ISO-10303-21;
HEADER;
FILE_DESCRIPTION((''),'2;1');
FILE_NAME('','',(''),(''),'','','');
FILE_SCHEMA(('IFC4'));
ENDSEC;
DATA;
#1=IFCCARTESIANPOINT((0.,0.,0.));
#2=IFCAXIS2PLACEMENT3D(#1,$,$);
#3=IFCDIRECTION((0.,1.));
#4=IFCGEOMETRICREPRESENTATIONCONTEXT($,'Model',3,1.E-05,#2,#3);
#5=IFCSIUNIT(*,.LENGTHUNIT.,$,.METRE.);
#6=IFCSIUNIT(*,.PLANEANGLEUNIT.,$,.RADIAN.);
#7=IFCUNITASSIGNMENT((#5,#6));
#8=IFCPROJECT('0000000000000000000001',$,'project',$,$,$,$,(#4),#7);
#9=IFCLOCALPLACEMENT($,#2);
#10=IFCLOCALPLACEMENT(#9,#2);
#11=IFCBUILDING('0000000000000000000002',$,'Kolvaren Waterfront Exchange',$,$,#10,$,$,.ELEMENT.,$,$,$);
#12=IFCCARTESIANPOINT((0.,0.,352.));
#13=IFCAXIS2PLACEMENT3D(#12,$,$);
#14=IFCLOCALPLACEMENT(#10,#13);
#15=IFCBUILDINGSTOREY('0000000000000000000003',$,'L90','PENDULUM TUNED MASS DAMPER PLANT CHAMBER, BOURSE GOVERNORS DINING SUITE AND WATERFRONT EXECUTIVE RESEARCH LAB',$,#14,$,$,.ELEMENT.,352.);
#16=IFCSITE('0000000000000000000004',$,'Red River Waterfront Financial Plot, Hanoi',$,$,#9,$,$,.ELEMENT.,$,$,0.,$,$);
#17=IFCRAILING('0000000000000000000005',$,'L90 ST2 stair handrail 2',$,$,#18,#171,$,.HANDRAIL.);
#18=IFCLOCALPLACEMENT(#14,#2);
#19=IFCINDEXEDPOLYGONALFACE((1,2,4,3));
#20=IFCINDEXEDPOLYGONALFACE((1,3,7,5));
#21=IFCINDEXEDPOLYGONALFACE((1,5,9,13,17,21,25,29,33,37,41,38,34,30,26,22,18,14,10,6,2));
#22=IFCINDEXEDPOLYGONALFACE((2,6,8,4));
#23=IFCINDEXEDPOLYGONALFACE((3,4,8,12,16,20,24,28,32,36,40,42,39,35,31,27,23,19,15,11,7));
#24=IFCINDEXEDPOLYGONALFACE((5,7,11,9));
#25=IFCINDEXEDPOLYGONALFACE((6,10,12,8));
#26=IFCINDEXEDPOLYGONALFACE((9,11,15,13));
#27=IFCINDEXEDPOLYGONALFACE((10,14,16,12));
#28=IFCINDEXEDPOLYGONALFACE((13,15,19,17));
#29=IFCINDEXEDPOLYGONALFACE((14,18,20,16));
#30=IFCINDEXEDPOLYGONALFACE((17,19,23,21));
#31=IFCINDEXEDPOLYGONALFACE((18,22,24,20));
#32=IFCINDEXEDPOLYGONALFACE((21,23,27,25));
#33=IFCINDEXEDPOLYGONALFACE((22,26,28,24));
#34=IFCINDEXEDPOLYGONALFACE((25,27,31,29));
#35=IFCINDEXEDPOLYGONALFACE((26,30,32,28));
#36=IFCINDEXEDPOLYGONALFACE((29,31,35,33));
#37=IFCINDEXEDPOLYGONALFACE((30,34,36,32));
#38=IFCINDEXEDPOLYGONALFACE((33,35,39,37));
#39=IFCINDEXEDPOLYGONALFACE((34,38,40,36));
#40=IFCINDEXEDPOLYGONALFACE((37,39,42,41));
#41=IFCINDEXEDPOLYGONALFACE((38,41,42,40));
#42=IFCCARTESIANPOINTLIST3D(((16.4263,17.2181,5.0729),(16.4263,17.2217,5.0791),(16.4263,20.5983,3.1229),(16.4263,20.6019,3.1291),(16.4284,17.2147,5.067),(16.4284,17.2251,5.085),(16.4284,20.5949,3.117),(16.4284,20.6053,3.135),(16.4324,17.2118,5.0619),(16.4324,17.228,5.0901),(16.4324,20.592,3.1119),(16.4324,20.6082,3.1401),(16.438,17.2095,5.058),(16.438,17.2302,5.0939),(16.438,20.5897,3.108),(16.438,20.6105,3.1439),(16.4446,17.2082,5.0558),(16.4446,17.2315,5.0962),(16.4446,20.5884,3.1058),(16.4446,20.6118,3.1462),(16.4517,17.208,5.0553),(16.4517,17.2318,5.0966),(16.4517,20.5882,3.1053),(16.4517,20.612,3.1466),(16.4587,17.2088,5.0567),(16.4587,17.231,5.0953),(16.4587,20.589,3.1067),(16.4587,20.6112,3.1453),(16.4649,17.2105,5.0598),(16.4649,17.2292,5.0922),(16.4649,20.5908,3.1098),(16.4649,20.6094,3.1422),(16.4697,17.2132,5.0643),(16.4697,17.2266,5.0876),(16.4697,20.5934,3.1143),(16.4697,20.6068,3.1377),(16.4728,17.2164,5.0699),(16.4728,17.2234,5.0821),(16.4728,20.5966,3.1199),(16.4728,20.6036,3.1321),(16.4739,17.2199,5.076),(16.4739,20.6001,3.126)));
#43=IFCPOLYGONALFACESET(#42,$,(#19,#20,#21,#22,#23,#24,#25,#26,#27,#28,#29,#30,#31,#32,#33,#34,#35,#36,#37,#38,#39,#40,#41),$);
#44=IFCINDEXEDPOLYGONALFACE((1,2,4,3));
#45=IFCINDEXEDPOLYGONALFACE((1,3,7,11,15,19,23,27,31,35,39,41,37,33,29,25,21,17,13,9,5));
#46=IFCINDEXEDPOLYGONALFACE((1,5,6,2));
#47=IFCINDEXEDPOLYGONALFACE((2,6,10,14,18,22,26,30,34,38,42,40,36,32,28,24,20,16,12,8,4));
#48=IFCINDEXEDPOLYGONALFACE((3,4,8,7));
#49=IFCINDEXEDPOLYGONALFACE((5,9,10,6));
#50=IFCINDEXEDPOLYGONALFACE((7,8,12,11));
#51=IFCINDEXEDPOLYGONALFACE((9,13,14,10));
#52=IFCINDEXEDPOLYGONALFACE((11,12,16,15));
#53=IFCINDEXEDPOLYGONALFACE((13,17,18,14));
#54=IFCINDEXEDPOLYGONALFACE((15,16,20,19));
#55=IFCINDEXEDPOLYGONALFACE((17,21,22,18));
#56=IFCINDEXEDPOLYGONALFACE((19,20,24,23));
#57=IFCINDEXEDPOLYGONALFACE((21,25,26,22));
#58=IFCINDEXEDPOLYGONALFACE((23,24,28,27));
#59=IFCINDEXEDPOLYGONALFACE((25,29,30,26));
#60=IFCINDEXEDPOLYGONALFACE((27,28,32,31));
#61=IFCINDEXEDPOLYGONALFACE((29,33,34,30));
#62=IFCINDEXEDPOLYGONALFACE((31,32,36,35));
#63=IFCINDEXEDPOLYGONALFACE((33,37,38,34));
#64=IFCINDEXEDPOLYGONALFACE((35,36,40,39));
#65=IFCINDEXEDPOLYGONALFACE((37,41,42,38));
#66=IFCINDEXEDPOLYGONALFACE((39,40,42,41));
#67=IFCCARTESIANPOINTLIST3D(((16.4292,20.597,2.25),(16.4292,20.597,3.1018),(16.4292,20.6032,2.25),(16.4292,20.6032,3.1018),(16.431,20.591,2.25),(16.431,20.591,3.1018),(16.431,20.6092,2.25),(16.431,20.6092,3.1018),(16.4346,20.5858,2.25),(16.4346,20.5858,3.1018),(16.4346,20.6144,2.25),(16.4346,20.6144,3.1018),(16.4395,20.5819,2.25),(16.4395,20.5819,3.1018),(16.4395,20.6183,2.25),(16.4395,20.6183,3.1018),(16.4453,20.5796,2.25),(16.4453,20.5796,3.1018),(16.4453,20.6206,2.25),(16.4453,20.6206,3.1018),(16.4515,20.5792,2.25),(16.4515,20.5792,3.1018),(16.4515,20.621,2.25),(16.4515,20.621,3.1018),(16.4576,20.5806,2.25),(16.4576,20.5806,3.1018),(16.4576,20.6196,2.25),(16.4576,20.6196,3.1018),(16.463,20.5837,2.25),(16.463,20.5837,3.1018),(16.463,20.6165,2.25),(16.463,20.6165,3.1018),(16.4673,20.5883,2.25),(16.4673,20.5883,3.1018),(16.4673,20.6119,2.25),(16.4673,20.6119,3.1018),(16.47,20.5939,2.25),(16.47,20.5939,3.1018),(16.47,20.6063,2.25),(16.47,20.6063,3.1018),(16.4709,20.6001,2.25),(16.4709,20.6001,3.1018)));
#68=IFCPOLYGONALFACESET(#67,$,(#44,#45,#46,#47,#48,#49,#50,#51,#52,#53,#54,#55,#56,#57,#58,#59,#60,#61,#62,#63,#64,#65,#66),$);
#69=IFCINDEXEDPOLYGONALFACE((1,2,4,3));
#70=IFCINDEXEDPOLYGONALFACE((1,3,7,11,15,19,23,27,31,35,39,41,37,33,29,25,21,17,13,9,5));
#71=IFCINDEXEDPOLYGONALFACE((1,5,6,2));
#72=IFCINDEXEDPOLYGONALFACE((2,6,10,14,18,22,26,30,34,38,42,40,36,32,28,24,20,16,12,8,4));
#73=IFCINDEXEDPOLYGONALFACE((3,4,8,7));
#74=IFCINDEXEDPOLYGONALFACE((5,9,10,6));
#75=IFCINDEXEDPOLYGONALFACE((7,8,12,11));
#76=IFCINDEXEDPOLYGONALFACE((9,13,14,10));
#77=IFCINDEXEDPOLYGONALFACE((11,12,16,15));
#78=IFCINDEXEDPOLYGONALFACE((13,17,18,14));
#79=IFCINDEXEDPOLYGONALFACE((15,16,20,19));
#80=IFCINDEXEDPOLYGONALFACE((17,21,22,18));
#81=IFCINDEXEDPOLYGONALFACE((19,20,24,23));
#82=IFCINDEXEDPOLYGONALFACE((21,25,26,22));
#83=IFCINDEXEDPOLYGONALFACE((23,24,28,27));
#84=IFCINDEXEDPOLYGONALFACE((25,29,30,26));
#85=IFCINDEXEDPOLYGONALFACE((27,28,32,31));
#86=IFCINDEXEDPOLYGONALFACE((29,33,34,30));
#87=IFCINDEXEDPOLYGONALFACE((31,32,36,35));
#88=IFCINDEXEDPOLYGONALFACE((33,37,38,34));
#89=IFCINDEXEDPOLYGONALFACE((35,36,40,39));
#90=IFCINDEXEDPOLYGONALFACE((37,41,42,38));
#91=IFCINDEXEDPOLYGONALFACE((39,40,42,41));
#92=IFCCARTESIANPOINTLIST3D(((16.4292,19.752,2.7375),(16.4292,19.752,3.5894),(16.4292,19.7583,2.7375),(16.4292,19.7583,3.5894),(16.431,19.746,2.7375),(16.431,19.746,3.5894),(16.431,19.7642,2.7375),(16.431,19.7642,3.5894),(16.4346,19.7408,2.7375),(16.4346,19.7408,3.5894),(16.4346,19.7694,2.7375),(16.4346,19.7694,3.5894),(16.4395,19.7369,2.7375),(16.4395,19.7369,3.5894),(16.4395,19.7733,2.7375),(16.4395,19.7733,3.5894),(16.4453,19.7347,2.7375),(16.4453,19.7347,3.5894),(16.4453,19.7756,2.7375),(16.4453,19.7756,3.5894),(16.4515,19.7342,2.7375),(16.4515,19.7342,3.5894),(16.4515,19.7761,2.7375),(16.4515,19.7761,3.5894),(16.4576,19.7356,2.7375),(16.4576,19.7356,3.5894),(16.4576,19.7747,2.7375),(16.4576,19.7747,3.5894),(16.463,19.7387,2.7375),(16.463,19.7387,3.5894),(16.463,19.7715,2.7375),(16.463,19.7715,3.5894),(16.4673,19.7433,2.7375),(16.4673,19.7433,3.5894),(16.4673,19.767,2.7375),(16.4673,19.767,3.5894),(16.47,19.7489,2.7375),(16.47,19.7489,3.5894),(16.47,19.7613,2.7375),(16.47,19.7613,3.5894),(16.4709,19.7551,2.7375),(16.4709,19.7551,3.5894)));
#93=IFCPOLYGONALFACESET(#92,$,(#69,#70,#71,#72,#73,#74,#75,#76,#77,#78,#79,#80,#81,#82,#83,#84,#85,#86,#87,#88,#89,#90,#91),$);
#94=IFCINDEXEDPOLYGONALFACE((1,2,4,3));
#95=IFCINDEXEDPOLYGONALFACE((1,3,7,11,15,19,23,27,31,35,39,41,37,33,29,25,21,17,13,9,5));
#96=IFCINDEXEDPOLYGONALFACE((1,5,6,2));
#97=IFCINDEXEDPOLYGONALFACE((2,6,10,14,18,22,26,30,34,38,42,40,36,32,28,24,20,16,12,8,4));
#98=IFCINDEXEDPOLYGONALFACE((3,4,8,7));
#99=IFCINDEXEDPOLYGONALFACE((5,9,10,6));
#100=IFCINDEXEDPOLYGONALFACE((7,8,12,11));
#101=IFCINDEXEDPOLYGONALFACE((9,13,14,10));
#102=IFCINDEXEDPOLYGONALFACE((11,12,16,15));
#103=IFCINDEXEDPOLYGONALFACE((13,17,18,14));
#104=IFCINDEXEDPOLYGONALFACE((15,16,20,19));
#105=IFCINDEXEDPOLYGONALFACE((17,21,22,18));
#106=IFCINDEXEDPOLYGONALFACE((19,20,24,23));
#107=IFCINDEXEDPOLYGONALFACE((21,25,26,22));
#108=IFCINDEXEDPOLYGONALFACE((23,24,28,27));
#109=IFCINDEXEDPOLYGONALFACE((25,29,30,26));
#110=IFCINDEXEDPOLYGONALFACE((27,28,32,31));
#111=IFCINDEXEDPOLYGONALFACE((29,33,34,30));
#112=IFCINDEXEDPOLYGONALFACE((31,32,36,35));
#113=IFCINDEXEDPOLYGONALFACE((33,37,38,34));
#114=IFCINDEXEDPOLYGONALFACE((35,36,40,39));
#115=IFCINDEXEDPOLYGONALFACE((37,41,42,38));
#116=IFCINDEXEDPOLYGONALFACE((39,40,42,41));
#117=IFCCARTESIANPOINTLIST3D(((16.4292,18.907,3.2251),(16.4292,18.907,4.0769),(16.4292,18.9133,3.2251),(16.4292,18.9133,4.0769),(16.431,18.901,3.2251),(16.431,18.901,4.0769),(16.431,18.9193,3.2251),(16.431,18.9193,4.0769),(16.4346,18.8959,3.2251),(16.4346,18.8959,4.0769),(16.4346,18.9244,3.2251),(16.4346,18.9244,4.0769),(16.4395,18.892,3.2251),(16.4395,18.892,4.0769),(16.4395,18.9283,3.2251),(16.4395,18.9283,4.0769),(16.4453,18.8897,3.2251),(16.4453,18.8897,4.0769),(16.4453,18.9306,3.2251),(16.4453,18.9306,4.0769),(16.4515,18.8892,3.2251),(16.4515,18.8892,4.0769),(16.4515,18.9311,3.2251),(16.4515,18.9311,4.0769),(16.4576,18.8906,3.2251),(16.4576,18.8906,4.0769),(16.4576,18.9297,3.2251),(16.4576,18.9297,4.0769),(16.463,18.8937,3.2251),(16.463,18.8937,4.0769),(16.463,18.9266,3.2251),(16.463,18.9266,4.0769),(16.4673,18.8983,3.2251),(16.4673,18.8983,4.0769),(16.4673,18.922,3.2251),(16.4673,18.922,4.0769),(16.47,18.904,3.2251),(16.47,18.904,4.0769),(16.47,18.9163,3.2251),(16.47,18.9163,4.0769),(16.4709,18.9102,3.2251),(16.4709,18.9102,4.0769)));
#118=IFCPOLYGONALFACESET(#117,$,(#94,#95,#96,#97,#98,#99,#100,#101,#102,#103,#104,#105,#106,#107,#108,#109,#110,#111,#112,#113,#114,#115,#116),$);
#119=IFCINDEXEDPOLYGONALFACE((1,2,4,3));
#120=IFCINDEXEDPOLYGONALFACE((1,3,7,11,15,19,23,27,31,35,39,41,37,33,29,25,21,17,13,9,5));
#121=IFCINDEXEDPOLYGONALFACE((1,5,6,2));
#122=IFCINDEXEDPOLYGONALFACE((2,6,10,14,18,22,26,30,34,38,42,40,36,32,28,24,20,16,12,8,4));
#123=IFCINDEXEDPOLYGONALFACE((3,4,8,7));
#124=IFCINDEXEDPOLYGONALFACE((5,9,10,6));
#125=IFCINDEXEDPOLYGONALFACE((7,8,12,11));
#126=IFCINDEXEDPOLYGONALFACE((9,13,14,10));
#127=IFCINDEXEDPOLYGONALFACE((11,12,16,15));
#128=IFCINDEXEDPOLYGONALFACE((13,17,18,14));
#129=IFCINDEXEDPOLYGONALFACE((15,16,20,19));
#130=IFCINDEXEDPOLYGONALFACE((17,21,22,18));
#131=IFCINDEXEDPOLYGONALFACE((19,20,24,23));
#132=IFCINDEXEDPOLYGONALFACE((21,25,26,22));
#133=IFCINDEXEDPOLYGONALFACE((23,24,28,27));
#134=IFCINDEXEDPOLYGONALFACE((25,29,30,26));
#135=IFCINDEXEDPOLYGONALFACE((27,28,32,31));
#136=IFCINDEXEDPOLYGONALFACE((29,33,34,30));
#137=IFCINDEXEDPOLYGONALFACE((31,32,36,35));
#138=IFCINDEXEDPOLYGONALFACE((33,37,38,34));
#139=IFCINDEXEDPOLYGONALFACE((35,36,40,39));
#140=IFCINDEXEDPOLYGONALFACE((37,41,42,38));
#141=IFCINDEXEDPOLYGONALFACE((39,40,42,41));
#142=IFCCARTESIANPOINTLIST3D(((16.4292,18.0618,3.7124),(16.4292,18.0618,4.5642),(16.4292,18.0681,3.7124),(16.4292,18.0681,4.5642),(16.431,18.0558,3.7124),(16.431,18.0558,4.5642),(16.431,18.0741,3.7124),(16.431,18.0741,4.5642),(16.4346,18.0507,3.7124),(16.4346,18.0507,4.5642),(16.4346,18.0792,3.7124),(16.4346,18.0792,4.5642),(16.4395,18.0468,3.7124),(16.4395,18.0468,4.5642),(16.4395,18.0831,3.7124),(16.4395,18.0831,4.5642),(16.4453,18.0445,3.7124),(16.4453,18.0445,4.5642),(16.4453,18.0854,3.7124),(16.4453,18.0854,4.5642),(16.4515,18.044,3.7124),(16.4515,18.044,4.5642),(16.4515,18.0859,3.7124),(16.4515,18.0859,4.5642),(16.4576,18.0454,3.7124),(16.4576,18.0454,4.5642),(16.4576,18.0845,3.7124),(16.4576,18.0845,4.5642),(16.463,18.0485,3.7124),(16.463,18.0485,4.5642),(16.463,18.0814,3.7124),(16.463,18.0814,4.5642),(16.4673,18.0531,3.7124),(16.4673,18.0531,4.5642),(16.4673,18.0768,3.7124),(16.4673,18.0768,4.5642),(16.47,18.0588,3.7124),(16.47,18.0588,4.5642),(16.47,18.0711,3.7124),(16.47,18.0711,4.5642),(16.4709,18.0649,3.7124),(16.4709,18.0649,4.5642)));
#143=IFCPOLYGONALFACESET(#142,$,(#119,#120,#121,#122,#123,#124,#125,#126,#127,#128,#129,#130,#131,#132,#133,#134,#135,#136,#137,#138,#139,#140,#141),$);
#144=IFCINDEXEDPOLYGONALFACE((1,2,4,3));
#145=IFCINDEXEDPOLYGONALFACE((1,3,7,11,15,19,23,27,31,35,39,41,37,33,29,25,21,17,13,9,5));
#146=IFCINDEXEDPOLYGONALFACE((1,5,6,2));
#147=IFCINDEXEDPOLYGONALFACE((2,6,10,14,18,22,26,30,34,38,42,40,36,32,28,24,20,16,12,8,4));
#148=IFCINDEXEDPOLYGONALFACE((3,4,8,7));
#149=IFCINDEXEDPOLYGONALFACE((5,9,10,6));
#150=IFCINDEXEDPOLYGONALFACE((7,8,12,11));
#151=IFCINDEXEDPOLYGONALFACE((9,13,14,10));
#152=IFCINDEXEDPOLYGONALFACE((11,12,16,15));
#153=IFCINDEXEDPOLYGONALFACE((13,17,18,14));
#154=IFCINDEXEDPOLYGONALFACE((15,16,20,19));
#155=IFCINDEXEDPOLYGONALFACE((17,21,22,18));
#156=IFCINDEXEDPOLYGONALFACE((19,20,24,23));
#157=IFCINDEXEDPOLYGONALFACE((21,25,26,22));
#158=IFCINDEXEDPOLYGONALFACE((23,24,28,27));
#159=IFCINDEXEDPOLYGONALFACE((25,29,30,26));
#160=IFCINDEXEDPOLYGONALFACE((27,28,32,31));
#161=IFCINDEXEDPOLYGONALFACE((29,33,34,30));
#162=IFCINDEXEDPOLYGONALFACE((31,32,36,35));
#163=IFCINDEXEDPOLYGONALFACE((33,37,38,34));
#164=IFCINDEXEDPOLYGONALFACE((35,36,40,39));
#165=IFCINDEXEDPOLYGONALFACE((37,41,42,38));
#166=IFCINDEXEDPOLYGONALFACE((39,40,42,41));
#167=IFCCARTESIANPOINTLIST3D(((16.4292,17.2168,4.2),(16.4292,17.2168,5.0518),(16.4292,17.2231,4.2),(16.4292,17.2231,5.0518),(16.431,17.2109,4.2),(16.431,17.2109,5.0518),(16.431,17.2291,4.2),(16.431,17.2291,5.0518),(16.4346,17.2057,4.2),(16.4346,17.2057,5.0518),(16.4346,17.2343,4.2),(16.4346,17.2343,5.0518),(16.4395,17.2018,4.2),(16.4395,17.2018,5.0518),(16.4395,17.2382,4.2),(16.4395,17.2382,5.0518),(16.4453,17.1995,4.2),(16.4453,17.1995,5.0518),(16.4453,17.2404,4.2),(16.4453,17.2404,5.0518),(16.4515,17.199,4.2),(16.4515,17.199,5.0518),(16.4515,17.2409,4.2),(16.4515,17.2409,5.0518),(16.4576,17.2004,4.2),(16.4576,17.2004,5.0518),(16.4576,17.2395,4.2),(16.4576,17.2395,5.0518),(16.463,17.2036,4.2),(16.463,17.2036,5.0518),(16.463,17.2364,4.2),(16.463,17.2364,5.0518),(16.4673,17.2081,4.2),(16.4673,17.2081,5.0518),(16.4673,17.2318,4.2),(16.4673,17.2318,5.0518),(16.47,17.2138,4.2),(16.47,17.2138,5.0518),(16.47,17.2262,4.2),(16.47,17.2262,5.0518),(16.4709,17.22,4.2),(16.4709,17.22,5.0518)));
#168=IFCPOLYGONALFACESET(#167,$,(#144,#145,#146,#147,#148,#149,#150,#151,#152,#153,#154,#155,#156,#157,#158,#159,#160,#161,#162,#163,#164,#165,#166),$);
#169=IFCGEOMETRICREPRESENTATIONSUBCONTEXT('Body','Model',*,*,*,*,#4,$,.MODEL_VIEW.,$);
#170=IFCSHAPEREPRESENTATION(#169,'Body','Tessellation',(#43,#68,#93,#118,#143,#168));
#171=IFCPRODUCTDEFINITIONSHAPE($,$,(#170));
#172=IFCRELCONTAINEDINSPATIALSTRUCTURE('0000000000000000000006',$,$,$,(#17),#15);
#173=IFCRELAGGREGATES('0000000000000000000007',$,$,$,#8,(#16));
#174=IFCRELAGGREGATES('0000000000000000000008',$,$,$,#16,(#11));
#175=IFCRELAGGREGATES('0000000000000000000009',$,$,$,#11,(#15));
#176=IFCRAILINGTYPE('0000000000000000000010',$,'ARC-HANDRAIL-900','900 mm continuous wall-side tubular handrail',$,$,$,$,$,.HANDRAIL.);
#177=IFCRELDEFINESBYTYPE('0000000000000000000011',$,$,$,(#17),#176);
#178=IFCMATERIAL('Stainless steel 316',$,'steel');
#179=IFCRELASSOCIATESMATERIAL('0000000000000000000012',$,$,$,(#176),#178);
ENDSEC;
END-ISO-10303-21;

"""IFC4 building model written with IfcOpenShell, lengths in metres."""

from ifc_helpers import new_model, si_unit, direction, frame, origin, origin_2d, place, context, subcontext, project, spatial, circle, extrude, material, type_object, element, save


model = new_model("IFC4")

# Units and contexts
model_context = context("Model", 3, precision=1e-05, world=origin(), true_north=direction((0.0, 1.0)))
body_context = subcontext(model_context, "Body", "Model", "MODEL_VIEW")
ifc_project = project(units=[si_unit("LENGTHUNIT", "METRE"), si_unit("PLANEANGLEUNIT", "RADIAN")], contexts=[model_context])

# Site, building, storey
site_placement = place(None, origin())
site = spatial("IfcSite", under=ifc_project, at=site_placement, Name="Red River Waterfront Financial Plot, Hanoi", CompositionType="ELEMENT", RefElevation=0.0)
building_placement = place(site_placement, origin())
building = spatial("IfcBuilding", under=site, at=building_placement, Name="Kolvaren Waterfront Exchange", CompositionType="ELEMENT")
storey_placement = place(building_placement, frame((0.0, 0.0, 352.0)))
storey = spatial("IfcBuildingStorey", under=building, at=storey_placement, Name="L90", Description="PENDULUM TUNED MASS DAMPER PLANT CHAMBER, BOURSE GOVERNORS DINING SUITE AND WATERFRONT EXECUTIVE RESEARCH LAB", CompositionType="ELEMENT", Elevation=352.0)

# Railing
ifc_material_1 = material(Name="Stainless steel 316", Category="steel")
railing_type_1 = type_object("IfcRailingType", Name="ARC-HANDRAIL-900", Description="900 mm continuous wall-side tubular handrail", PredefinedType="HANDRAIL", material=ifc_material_1)
railing_1_placement = place(storey_placement, frame((16.45, 20.6001, 2.25)))
element("IfcRailing", 1, at=railing_1_placement, inside=storey, type_object=railing_type_1, Name="L90 ST2 stair handrail 2", PredefinedType="HANDRAIL", context=body_context, shape_type="SweptSolid", body=[
    extrude(circle(Radius=0.0239, at=origin_2d()), frame((0.0, 0.0, 0.876), z_axis=(0.0, -0.866199, 0.499699), x_axis=(1.0, 0.0, 0.0)), (0.0, 0.0, 1.0), 3.9023),
    extrude(circle(Radius=0.021, at=origin_2d()), origin(), (0.0, 0.0, 1.0), 0.8518),
    extrude(circle(Radius=0.021, at=origin_2d()), frame((0.0, -0.845, 0.4875)), (0.0, 0.0, 1.0), 0.8518),
    extrude(circle(Radius=0.021, at=origin_2d()), frame((0.0, -1.6899, 0.9751)), (0.0, 0.0, 1.0), 0.8518),
    extrude(circle(Radius=0.021, at=origin_2d()), frame((0.0, -2.5352, 1.4624)), (0.0, 0.0, 1.0), 0.8518),
    extrude(circle(Radius=0.021, at=origin_2d()), frame((0.0, -3.3801, 1.95)), (0.0, 0.0, 1.0), 0.8518),
])

save(model, "model.ifc")
